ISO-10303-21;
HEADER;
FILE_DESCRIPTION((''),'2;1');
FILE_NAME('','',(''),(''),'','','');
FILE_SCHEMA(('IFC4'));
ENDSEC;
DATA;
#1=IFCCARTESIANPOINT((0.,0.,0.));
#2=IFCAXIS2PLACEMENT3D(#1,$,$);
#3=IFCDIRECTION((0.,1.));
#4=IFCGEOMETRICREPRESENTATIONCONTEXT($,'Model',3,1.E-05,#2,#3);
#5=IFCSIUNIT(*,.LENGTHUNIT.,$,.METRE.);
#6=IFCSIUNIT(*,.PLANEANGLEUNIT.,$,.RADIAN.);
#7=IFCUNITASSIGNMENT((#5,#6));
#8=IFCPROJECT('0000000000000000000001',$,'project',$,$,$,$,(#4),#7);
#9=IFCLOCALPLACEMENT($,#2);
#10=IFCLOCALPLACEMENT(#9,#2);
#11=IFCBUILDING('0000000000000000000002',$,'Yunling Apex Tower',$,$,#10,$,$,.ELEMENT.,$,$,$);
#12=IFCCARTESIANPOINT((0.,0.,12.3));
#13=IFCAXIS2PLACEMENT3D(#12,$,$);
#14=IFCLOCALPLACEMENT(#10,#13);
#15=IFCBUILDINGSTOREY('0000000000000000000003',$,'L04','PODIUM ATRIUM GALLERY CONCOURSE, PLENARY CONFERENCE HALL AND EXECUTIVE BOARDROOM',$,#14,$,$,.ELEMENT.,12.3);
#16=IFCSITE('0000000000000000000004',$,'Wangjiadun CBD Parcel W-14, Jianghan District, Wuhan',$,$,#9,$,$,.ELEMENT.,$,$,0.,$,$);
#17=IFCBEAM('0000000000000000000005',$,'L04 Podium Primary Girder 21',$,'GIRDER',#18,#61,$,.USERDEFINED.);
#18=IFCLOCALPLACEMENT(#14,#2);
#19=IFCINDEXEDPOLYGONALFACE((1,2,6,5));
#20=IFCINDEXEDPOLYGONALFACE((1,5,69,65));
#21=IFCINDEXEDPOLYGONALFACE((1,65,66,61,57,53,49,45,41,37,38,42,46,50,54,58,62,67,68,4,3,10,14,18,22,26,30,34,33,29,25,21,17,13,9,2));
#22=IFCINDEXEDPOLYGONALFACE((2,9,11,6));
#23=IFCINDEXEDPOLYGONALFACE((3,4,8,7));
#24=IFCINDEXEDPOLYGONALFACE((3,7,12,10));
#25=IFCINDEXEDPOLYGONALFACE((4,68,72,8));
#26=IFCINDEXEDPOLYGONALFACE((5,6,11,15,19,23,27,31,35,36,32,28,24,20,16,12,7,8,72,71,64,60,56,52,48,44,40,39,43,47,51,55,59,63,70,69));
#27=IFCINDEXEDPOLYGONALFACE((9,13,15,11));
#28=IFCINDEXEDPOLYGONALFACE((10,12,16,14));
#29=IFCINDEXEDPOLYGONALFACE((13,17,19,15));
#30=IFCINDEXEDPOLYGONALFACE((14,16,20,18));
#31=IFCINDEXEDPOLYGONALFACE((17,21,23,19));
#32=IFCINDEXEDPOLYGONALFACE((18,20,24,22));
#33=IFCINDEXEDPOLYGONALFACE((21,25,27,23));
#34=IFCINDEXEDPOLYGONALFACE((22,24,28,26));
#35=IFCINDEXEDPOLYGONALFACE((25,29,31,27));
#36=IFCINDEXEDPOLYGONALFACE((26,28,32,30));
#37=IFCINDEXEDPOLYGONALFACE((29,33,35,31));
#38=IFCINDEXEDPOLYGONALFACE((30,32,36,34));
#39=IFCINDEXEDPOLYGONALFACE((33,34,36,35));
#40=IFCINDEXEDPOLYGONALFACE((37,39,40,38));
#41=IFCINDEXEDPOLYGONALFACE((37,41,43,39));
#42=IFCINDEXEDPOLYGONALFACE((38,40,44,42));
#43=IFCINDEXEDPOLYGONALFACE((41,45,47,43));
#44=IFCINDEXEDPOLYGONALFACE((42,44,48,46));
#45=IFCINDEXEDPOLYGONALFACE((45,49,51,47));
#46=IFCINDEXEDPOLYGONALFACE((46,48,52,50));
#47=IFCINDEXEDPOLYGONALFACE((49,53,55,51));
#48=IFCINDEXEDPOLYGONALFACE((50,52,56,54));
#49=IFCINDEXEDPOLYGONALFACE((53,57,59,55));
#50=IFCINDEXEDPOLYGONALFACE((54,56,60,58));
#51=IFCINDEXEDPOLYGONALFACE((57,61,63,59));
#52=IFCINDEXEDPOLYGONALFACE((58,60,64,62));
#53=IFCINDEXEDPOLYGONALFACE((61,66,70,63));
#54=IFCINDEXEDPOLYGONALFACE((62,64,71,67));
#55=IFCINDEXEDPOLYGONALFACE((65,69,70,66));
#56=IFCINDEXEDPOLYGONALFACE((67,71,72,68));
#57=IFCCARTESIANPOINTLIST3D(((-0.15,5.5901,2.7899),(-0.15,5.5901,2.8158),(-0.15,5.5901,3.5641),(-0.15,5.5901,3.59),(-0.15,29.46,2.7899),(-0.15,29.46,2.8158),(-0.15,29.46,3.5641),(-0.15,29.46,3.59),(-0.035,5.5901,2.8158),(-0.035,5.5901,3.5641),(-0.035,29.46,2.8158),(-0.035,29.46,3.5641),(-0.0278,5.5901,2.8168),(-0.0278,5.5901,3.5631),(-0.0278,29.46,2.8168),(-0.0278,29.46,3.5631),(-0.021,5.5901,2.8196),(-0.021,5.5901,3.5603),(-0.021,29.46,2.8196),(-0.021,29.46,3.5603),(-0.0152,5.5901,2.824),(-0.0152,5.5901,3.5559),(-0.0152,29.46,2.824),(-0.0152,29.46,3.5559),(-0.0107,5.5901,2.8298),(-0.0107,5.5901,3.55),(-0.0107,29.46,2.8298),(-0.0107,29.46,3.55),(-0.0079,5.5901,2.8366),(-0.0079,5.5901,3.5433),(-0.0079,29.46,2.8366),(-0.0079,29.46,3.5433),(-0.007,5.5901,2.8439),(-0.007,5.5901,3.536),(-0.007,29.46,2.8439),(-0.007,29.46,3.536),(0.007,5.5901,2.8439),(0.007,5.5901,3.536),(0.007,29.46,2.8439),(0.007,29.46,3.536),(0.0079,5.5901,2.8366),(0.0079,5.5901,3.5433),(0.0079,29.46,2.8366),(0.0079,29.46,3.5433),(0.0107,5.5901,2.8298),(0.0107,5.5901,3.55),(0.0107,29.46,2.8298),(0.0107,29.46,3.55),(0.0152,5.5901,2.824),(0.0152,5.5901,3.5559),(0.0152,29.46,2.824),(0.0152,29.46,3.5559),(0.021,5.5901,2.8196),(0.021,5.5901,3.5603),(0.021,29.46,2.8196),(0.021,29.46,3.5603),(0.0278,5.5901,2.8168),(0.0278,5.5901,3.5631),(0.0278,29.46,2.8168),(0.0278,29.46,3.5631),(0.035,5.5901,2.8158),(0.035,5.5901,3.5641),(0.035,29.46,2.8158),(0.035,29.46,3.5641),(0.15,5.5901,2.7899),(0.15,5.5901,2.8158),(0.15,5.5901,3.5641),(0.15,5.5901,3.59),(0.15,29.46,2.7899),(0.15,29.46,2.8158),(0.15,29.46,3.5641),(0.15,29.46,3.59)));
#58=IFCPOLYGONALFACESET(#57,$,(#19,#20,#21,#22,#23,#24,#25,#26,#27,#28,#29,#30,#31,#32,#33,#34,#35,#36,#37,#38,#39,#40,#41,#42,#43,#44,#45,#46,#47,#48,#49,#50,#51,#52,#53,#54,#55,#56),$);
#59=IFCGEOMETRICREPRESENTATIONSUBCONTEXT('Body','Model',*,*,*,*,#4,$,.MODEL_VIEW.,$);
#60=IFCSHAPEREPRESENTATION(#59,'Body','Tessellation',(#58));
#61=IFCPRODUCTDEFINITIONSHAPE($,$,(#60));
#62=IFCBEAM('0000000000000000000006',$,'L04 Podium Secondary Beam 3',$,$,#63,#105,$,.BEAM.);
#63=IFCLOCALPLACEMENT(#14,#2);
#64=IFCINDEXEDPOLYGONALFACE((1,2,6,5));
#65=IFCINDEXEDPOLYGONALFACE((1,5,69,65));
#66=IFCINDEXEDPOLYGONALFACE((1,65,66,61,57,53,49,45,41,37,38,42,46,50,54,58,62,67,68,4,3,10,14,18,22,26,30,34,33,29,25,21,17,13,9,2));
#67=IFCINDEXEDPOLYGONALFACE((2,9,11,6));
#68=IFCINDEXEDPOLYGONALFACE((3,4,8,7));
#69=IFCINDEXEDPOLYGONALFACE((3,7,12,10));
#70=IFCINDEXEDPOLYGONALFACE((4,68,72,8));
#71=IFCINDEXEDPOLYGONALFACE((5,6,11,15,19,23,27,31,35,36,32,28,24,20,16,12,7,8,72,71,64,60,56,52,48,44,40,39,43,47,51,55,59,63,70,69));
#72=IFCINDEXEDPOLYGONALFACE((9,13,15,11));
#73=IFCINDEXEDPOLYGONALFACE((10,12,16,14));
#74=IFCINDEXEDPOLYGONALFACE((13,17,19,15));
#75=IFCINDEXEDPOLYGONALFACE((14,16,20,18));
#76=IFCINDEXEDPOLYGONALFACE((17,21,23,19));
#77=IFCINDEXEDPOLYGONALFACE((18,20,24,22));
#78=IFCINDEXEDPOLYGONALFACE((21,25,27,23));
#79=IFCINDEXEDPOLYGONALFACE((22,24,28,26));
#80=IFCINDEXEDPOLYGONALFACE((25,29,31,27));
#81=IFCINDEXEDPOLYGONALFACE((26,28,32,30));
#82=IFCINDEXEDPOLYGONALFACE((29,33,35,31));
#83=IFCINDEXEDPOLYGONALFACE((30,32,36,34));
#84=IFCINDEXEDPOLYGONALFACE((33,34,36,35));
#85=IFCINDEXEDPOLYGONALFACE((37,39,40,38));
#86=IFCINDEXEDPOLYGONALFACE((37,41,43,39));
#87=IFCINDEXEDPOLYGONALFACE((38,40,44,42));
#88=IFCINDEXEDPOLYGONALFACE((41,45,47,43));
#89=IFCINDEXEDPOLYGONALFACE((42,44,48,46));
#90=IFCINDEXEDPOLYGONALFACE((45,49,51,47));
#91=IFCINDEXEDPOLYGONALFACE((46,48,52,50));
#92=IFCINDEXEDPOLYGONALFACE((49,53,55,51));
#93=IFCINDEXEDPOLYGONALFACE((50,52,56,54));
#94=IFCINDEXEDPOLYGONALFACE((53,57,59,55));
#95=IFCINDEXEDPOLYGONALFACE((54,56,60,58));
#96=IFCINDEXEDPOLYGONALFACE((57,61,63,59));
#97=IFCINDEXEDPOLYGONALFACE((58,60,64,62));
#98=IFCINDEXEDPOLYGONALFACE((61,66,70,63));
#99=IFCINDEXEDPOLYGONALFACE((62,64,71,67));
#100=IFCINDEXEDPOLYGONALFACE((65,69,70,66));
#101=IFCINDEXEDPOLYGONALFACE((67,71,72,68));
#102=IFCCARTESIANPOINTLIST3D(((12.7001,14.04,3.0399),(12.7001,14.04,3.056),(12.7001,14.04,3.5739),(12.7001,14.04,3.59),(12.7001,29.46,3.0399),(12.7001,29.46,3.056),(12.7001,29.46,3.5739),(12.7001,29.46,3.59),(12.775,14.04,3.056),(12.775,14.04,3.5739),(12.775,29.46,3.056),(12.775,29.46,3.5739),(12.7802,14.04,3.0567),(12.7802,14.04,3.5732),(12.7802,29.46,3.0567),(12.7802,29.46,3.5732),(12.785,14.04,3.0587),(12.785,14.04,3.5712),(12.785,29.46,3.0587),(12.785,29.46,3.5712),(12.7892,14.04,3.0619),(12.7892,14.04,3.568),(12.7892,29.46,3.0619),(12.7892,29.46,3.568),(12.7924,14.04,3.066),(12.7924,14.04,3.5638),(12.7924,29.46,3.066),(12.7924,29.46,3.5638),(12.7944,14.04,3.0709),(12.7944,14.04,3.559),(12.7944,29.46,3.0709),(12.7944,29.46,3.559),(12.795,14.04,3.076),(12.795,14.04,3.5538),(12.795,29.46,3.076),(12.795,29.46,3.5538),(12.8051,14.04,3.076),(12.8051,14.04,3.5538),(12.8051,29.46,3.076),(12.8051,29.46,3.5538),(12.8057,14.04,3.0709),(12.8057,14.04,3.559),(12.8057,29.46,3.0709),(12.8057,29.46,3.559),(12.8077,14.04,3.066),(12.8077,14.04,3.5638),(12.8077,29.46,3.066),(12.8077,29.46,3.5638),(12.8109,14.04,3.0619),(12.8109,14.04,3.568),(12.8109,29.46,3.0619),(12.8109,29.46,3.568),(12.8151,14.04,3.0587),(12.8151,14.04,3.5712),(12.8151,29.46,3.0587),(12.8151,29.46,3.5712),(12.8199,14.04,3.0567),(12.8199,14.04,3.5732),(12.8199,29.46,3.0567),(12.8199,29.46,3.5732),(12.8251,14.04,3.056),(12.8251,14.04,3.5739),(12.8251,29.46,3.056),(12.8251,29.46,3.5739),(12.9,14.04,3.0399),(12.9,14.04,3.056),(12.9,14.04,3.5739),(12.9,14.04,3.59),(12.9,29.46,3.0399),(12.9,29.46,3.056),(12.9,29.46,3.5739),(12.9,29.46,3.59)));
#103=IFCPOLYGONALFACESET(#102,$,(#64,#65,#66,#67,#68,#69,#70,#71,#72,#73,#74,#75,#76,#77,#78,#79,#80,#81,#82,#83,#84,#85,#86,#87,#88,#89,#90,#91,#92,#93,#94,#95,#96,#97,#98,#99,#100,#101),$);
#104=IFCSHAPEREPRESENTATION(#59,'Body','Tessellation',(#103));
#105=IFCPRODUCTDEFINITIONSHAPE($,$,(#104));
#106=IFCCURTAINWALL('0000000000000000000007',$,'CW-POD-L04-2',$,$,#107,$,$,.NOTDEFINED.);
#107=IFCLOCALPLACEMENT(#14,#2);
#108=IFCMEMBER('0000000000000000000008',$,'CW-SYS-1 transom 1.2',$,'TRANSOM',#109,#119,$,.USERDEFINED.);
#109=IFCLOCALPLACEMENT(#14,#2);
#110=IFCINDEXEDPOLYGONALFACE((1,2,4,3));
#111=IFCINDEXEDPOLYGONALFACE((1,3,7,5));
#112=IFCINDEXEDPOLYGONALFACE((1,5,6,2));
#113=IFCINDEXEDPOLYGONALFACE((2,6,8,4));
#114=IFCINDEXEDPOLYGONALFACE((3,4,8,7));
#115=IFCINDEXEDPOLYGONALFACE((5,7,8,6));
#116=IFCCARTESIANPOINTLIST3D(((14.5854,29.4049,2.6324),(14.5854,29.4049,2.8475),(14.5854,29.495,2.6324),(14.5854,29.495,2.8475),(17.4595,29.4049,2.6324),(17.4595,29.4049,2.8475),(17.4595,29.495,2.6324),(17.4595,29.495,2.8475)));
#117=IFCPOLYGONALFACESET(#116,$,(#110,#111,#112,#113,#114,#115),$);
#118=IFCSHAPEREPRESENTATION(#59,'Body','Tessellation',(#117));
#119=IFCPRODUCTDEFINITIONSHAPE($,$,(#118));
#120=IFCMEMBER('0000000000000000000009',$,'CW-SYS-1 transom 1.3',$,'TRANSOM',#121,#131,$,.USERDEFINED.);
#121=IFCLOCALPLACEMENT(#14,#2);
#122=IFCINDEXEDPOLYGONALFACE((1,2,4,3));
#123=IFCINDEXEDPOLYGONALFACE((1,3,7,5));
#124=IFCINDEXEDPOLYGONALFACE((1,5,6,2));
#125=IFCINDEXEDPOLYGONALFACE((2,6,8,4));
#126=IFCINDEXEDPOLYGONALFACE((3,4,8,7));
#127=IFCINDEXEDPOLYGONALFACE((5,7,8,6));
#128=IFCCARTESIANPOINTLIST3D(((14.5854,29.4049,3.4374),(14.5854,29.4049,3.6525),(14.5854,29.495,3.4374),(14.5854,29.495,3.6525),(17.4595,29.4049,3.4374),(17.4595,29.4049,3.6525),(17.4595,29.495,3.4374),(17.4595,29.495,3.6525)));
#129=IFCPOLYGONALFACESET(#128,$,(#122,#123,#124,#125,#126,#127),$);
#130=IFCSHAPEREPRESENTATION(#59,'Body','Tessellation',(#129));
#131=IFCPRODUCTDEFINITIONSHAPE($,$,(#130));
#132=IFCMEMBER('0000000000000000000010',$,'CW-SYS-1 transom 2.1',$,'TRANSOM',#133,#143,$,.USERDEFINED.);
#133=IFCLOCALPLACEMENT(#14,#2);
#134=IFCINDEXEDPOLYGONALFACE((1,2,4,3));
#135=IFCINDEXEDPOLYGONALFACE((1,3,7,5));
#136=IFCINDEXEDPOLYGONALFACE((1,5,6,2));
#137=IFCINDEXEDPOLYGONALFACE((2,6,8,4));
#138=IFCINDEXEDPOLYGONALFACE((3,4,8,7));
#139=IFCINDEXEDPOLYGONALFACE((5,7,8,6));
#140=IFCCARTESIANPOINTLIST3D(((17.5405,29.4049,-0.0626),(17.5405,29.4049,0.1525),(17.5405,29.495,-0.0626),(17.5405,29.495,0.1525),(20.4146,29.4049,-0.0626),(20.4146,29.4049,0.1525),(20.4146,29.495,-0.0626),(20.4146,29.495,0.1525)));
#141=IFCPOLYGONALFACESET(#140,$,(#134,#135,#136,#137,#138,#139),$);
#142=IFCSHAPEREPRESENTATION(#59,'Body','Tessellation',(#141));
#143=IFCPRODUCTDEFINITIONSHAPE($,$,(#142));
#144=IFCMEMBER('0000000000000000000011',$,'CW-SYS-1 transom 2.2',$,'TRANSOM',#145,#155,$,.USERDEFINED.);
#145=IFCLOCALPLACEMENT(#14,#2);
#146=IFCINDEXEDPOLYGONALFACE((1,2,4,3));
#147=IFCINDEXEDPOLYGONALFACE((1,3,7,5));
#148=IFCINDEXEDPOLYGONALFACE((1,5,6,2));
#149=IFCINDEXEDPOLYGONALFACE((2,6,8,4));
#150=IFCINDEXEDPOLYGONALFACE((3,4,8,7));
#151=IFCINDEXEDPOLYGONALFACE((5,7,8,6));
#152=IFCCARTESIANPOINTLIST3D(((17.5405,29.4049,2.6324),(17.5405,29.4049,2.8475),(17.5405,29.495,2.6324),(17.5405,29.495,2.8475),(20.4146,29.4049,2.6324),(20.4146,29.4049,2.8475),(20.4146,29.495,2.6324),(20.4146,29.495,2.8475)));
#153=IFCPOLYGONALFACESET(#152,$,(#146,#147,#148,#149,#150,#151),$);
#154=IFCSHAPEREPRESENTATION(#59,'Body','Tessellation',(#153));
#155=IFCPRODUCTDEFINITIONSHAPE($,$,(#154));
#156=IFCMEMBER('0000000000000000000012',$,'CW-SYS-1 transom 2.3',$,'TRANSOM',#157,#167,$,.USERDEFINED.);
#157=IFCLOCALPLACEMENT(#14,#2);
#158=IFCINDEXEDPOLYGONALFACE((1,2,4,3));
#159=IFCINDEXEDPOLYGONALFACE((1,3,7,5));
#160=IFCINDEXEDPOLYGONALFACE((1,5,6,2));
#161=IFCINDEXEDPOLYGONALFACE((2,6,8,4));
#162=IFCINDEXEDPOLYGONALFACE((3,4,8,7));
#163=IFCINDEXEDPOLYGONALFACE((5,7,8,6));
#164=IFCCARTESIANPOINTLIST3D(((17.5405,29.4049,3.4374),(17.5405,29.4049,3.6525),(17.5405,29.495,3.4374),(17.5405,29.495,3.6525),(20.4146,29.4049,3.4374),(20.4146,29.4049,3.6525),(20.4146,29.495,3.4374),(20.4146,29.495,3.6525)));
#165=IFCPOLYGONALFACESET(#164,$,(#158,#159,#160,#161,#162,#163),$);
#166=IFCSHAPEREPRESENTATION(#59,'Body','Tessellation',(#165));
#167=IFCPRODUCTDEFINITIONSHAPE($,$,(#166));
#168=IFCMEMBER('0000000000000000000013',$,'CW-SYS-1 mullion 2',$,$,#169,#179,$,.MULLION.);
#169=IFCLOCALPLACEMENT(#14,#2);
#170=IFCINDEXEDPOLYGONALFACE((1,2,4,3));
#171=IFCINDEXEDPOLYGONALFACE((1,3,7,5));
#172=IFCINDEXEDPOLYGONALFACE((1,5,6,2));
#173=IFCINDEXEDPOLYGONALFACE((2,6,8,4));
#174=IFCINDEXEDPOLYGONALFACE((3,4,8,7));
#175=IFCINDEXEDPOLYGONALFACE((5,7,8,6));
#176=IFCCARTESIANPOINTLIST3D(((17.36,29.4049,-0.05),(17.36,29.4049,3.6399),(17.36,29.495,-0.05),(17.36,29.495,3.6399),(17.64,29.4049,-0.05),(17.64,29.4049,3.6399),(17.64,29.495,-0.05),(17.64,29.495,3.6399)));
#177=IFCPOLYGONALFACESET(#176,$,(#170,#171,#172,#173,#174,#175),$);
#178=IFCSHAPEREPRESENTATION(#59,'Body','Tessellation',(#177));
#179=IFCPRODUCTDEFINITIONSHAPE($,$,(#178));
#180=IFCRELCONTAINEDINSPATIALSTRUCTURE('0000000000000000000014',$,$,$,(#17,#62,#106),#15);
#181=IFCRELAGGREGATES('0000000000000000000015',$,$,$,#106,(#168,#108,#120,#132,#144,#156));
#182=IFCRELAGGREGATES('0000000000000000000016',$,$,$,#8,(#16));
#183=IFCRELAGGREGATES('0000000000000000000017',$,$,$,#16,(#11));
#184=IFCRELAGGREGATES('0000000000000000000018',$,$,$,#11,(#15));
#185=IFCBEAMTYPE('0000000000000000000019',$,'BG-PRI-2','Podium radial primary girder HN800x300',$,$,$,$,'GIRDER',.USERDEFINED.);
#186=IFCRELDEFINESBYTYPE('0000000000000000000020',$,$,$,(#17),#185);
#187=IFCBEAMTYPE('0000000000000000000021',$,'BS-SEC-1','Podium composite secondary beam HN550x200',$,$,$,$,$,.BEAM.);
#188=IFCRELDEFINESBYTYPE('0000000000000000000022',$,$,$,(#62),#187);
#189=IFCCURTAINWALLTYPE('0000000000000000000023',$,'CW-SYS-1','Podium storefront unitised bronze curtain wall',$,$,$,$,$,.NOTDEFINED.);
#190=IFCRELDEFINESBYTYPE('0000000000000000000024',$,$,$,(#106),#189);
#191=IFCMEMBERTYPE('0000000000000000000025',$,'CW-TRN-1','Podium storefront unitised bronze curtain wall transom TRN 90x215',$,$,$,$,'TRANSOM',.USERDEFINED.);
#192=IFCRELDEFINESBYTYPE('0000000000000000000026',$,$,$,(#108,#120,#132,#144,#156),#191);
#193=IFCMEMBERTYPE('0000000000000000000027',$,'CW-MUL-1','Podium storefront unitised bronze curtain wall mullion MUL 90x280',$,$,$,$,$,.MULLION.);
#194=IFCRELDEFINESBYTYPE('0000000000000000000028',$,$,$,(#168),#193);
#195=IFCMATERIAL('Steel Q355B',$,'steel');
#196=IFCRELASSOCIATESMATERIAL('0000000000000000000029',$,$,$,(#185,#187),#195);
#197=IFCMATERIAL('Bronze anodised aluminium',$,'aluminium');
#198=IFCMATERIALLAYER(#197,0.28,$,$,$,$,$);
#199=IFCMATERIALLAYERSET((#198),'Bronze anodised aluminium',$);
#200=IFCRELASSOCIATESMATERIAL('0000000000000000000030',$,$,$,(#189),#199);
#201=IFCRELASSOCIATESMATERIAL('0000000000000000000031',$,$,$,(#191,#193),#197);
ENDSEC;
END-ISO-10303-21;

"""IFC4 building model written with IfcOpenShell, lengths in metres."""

from ifc_helpers import new_model, si_unit, direction, frame, origin, origin_2d, place, context, subcontext, project, spatial, rectangle, i_section, extrude, source, transform, mapped, material, layer, layer_set, material_profile, profile_set, type_object, element, aggregate, save


model = new_model("IFC4")

# Units and contexts
model_context = context("Model", 3, precision=1e-05, world=origin(), true_north=direction((0.0, 1.0)))
body_context = subcontext(model_context, "Body", "Model", "MODEL_VIEW")
ifc_project = project(units=[si_unit("LENGTHUNIT", "METRE"), si_unit("PLANEANGLEUNIT", "RADIAN")], contexts=[model_context])

# Site, building, storey
site_placement = place(None, origin())
site = spatial("IfcSite", under=ifc_project, at=site_placement, Name="Wangjiadun CBD Parcel W-14, Jianghan District, Wuhan", CompositionType="ELEMENT", RefElevation=0.0)
building_placement = place(site_placement, origin())
building = spatial("IfcBuilding", under=site, at=building_placement, Name="Yunling Apex Tower", CompositionType="ELEMENT")
storey_placement = place(building_placement, frame((0.0, 0.0, 12.3)))
storey = spatial("IfcBuildingStorey", under=building, at=storey_placement, Name="L04", Description="PODIUM ATRIUM GALLERY CONCOURSE, PLENARY CONFERENCE HALL AND EXECUTIVE BOARDROOM", CompositionType="ELEMENT", Elevation=12.3)

# Beams
ifc_material_1 = material(Name="Steel Q355B", Category="steel")
ifc_material_profile_1 = material_profile(ifc_material_1, i_section(OverallWidth=0.3, OverallDepth=0.8, WebThickness=0.0139, FlangeThickness=0.0259, FilletRadius=0.0281, at=origin_2d()))
ifc_profile_set_1 = profile_set([ifc_material_profile_1], Name="Steel Q355B")
beam_type_1 = type_object("IfcBeamType", Name="BG-PRI-2", Description="Podium radial primary girder HN800x300", ElementType="GIRDER", PredefinedType="USERDEFINED", material=ifc_profile_set_1)
shared_shape_1 = source(origin(), body_context, "Body", "SweptSolid", [
    extrude(i_section(OverallWidth=0.3, OverallDepth=0.8, WebThickness=0.0139, FlangeThickness=0.0259, FilletRadius=0.0281, at=origin_2d()), origin(), (0.0, 0.0, 1.0), 23.8699),
])
beam_1_placement = place(storey_placement, frame((0.0, 29.46, 3.1899), z_axis=(0.0, -1.0, 0.0), x_axis=(1.0, 0.0, 0.0)))
element("IfcBeam", 1, at=beam_1_placement, inside=storey, type_object=beam_type_1, Name="L04 Podium Primary Girder 21", ObjectType="GIRDER", PredefinedType="USERDEFINED", context=body_context, shape_type="MappedRepresentation", body=[
    mapped(shared_shape_1, transform((0.0, 0.0, 0.0), scale=1.0)),
])
ifc_material_profile_2 = material_profile(ifc_material_1, i_section(OverallWidth=0.2, OverallDepth=0.55, WebThickness=0.01, FlangeThickness=0.0161, FilletRadius=0.02, at=origin_2d()))
ifc_profile_set_2 = profile_set([ifc_material_profile_2], Name="Steel Q355B")
beam_type_2 = type_object("IfcBeamType", Name="BS-SEC-1", Description="Podium composite secondary beam HN550x200", PredefinedType="BEAM", material=ifc_profile_set_2)
shared_shape_2 = source(origin(), body_context, "Body", "SweptSolid", [
    extrude(i_section(OverallWidth=0.2, OverallDepth=0.55, WebThickness=0.01, FlangeThickness=0.0161, FilletRadius=0.02, at=origin_2d()), origin(), (0.0, 0.0, 1.0), 15.4199),
])
beam_2_placement = place(storey_placement, frame((12.8, 29.46, 3.3149), z_axis=(0.0, -1.0, 0.0), x_axis=(1.0, 0.0, 0.0)))
element("IfcBeam", 2, at=beam_2_placement, inside=storey, type_object=beam_type_2, Name="L04 Podium Secondary Beam 3", PredefinedType="BEAM", context=body_context, shape_type="MappedRepresentation", body=[
    mapped(shared_shape_2, transform((0.0, 0.0, 0.0), scale=1.0)),
])

# Curtain wall, members
ifc_material_2 = material(Name="Bronze anodised aluminium", Category="aluminium")
ifc_layer_1 = layer(ifc_material_2, 0.28)
ifc_layer_set_1 = layer_set([ifc_layer_1], Name="Bronze anodised aluminium")
curtain_wall_type = type_object("IfcCurtainWallType", Name="CW-SYS-1", Description="Podium storefront unitised bronze curtain wall", PredefinedType="NOTDEFINED", material=ifc_layer_set_1)
curtain_wall_placement = place(storey_placement, origin())
curtain_wall = element("IfcCurtainWall", 3, at=curtain_wall_placement, inside=storey, type_object=curtain_wall_type, Name="CW-POD-L04-2", PredefinedType="NOTDEFINED")
ifc_material_profile_3 = material_profile(ifc_material_2, rectangle(XDim=0.0901, YDim=0.2151, at=origin_2d()))
ifc_profile_set_3 = profile_set([ifc_material_profile_3], Name="Bronze anodised aluminium")
member_type_1 = type_object("IfcMemberType", Name="CW-TRN-1", Description="Podium storefront unitised bronze curtain wall transom TRN 90x215", ElementType="TRANSOM", PredefinedType="USERDEFINED", material=ifc_profile_set_3)
shared_shape_3 = source(origin(), body_context, "Body", "SweptSolid", [
    extrude(rectangle(XDim=0.0901, YDim=0.2151, at=origin_2d()), origin(), (0.0, 0.0, 1.0), 2.874),
])
member_1_placement = place(storey_placement, frame((14.5854, 29.45, 2.74), z_axis=(1.0, 0.0, 0.0), x_axis=(0.0, 1.0, 0.0)))
member_1 = element("IfcMember", 4, at=member_1_placement, type_object=member_type_1, Name="CW-SYS-1 transom 1.2", ObjectType="TRANSOM", PredefinedType="USERDEFINED", context=body_context, shape_type="MappedRepresentation", body=[
    mapped(shared_shape_3, transform((0.0, 0.0, 0.0), scale=1.0)),
])
member_2_placement = place(storey_placement, frame((14.5854, 29.45, 3.5449), z_axis=(1.0, 0.0, 0.0), x_axis=(0.0, 1.0, 0.0)))
member_2 = element("IfcMember", 5, at=member_2_placement, type_object=member_type_1, Name="CW-SYS-1 transom 1.3", ObjectType="TRANSOM", PredefinedType="USERDEFINED", context=body_context, shape_type="MappedRepresentation", body=[
    mapped(shared_shape_3, transform((0.0, 0.0, 0.0), scale=1.0)),
])
member_3_placement = place(storey_placement, frame((17.5405, 29.45, 0.0449), z_axis=(1.0, 0.0, 0.0), x_axis=(0.0, 1.0, 0.0)))
member_3 = element("IfcMember", 6, at=member_3_placement, type_object=member_type_1, Name="CW-SYS-1 transom 2.1", ObjectType="TRANSOM", PredefinedType="USERDEFINED", context=body_context, shape_type="MappedRepresentation", body=[
    mapped(shared_shape_3, transform((0.0, 0.0, 0.0), scale=1.0)),
])
member_4_placement = place(storey_placement, frame((17.5405, 29.45, 2.74), z_axis=(1.0, 0.0, 0.0), x_axis=(0.0, 1.0, 0.0)))
member_4 = element("IfcMember", 7, at=member_4_placement, type_object=member_type_1, Name="CW-SYS-1 transom 2.2", ObjectType="TRANSOM", PredefinedType="USERDEFINED", context=body_context, shape_type="MappedRepresentation", body=[
    mapped(shared_shape_3, transform((0.0, 0.0, 0.0), scale=1.0)),
])
member_5_placement = place(storey_placement, frame((17.5405, 29.45, 3.5449), z_axis=(1.0, 0.0, 0.0), x_axis=(0.0, 1.0, 0.0)))
member_5 = element("IfcMember", 8, at=member_5_placement, type_object=member_type_1, Name="CW-SYS-1 transom 2.3", ObjectType="TRANSOM", PredefinedType="USERDEFINED", context=body_context, shape_type="MappedRepresentation", body=[
    mapped(shared_shape_3, transform((0.0, 0.0, 0.0), scale=1.0)),
])
ifc_material_profile_4 = material_profile(ifc_material_2, rectangle(XDim=0.0901, YDim=0.28, at=origin_2d()))
ifc_profile_set_4 = profile_set([ifc_material_profile_4], Name="Bronze anodised aluminium")
member_type_2 = type_object("IfcMemberType", Name="CW-MUL-1", Description="Podium storefront unitised bronze curtain wall mullion MUL 90x280", PredefinedType="MULLION", material=ifc_profile_set_4)
shared_shape_4 = source(origin(), body_context, "Body", "SweptSolid", [
    extrude(rectangle(XDim=0.0901, YDim=0.28, at=origin_2d()), origin(), (0.0, 0.0, 1.0), 3.6899),
])
member_6_placement = place(storey_placement, frame((17.5, 29.45, -0.05), z_axis=(0.0, 0.0, 1.0), x_axis=(0.0, 1.0, 0.0)))
member_6 = element("IfcMember", 9, at=member_6_placement, type_object=member_type_2, Name="CW-SYS-1 mullion 2", PredefinedType="MULLION", context=body_context, shape_type="MappedRepresentation", body=[
    mapped(shared_shape_4, transform((0.0, 0.0, 0.0), scale=1.0)),
])
aggregate(curtain_wall, [member_6, member_1, member_2, member_3, member_4, member_5])

save(model, "model.ifc")
